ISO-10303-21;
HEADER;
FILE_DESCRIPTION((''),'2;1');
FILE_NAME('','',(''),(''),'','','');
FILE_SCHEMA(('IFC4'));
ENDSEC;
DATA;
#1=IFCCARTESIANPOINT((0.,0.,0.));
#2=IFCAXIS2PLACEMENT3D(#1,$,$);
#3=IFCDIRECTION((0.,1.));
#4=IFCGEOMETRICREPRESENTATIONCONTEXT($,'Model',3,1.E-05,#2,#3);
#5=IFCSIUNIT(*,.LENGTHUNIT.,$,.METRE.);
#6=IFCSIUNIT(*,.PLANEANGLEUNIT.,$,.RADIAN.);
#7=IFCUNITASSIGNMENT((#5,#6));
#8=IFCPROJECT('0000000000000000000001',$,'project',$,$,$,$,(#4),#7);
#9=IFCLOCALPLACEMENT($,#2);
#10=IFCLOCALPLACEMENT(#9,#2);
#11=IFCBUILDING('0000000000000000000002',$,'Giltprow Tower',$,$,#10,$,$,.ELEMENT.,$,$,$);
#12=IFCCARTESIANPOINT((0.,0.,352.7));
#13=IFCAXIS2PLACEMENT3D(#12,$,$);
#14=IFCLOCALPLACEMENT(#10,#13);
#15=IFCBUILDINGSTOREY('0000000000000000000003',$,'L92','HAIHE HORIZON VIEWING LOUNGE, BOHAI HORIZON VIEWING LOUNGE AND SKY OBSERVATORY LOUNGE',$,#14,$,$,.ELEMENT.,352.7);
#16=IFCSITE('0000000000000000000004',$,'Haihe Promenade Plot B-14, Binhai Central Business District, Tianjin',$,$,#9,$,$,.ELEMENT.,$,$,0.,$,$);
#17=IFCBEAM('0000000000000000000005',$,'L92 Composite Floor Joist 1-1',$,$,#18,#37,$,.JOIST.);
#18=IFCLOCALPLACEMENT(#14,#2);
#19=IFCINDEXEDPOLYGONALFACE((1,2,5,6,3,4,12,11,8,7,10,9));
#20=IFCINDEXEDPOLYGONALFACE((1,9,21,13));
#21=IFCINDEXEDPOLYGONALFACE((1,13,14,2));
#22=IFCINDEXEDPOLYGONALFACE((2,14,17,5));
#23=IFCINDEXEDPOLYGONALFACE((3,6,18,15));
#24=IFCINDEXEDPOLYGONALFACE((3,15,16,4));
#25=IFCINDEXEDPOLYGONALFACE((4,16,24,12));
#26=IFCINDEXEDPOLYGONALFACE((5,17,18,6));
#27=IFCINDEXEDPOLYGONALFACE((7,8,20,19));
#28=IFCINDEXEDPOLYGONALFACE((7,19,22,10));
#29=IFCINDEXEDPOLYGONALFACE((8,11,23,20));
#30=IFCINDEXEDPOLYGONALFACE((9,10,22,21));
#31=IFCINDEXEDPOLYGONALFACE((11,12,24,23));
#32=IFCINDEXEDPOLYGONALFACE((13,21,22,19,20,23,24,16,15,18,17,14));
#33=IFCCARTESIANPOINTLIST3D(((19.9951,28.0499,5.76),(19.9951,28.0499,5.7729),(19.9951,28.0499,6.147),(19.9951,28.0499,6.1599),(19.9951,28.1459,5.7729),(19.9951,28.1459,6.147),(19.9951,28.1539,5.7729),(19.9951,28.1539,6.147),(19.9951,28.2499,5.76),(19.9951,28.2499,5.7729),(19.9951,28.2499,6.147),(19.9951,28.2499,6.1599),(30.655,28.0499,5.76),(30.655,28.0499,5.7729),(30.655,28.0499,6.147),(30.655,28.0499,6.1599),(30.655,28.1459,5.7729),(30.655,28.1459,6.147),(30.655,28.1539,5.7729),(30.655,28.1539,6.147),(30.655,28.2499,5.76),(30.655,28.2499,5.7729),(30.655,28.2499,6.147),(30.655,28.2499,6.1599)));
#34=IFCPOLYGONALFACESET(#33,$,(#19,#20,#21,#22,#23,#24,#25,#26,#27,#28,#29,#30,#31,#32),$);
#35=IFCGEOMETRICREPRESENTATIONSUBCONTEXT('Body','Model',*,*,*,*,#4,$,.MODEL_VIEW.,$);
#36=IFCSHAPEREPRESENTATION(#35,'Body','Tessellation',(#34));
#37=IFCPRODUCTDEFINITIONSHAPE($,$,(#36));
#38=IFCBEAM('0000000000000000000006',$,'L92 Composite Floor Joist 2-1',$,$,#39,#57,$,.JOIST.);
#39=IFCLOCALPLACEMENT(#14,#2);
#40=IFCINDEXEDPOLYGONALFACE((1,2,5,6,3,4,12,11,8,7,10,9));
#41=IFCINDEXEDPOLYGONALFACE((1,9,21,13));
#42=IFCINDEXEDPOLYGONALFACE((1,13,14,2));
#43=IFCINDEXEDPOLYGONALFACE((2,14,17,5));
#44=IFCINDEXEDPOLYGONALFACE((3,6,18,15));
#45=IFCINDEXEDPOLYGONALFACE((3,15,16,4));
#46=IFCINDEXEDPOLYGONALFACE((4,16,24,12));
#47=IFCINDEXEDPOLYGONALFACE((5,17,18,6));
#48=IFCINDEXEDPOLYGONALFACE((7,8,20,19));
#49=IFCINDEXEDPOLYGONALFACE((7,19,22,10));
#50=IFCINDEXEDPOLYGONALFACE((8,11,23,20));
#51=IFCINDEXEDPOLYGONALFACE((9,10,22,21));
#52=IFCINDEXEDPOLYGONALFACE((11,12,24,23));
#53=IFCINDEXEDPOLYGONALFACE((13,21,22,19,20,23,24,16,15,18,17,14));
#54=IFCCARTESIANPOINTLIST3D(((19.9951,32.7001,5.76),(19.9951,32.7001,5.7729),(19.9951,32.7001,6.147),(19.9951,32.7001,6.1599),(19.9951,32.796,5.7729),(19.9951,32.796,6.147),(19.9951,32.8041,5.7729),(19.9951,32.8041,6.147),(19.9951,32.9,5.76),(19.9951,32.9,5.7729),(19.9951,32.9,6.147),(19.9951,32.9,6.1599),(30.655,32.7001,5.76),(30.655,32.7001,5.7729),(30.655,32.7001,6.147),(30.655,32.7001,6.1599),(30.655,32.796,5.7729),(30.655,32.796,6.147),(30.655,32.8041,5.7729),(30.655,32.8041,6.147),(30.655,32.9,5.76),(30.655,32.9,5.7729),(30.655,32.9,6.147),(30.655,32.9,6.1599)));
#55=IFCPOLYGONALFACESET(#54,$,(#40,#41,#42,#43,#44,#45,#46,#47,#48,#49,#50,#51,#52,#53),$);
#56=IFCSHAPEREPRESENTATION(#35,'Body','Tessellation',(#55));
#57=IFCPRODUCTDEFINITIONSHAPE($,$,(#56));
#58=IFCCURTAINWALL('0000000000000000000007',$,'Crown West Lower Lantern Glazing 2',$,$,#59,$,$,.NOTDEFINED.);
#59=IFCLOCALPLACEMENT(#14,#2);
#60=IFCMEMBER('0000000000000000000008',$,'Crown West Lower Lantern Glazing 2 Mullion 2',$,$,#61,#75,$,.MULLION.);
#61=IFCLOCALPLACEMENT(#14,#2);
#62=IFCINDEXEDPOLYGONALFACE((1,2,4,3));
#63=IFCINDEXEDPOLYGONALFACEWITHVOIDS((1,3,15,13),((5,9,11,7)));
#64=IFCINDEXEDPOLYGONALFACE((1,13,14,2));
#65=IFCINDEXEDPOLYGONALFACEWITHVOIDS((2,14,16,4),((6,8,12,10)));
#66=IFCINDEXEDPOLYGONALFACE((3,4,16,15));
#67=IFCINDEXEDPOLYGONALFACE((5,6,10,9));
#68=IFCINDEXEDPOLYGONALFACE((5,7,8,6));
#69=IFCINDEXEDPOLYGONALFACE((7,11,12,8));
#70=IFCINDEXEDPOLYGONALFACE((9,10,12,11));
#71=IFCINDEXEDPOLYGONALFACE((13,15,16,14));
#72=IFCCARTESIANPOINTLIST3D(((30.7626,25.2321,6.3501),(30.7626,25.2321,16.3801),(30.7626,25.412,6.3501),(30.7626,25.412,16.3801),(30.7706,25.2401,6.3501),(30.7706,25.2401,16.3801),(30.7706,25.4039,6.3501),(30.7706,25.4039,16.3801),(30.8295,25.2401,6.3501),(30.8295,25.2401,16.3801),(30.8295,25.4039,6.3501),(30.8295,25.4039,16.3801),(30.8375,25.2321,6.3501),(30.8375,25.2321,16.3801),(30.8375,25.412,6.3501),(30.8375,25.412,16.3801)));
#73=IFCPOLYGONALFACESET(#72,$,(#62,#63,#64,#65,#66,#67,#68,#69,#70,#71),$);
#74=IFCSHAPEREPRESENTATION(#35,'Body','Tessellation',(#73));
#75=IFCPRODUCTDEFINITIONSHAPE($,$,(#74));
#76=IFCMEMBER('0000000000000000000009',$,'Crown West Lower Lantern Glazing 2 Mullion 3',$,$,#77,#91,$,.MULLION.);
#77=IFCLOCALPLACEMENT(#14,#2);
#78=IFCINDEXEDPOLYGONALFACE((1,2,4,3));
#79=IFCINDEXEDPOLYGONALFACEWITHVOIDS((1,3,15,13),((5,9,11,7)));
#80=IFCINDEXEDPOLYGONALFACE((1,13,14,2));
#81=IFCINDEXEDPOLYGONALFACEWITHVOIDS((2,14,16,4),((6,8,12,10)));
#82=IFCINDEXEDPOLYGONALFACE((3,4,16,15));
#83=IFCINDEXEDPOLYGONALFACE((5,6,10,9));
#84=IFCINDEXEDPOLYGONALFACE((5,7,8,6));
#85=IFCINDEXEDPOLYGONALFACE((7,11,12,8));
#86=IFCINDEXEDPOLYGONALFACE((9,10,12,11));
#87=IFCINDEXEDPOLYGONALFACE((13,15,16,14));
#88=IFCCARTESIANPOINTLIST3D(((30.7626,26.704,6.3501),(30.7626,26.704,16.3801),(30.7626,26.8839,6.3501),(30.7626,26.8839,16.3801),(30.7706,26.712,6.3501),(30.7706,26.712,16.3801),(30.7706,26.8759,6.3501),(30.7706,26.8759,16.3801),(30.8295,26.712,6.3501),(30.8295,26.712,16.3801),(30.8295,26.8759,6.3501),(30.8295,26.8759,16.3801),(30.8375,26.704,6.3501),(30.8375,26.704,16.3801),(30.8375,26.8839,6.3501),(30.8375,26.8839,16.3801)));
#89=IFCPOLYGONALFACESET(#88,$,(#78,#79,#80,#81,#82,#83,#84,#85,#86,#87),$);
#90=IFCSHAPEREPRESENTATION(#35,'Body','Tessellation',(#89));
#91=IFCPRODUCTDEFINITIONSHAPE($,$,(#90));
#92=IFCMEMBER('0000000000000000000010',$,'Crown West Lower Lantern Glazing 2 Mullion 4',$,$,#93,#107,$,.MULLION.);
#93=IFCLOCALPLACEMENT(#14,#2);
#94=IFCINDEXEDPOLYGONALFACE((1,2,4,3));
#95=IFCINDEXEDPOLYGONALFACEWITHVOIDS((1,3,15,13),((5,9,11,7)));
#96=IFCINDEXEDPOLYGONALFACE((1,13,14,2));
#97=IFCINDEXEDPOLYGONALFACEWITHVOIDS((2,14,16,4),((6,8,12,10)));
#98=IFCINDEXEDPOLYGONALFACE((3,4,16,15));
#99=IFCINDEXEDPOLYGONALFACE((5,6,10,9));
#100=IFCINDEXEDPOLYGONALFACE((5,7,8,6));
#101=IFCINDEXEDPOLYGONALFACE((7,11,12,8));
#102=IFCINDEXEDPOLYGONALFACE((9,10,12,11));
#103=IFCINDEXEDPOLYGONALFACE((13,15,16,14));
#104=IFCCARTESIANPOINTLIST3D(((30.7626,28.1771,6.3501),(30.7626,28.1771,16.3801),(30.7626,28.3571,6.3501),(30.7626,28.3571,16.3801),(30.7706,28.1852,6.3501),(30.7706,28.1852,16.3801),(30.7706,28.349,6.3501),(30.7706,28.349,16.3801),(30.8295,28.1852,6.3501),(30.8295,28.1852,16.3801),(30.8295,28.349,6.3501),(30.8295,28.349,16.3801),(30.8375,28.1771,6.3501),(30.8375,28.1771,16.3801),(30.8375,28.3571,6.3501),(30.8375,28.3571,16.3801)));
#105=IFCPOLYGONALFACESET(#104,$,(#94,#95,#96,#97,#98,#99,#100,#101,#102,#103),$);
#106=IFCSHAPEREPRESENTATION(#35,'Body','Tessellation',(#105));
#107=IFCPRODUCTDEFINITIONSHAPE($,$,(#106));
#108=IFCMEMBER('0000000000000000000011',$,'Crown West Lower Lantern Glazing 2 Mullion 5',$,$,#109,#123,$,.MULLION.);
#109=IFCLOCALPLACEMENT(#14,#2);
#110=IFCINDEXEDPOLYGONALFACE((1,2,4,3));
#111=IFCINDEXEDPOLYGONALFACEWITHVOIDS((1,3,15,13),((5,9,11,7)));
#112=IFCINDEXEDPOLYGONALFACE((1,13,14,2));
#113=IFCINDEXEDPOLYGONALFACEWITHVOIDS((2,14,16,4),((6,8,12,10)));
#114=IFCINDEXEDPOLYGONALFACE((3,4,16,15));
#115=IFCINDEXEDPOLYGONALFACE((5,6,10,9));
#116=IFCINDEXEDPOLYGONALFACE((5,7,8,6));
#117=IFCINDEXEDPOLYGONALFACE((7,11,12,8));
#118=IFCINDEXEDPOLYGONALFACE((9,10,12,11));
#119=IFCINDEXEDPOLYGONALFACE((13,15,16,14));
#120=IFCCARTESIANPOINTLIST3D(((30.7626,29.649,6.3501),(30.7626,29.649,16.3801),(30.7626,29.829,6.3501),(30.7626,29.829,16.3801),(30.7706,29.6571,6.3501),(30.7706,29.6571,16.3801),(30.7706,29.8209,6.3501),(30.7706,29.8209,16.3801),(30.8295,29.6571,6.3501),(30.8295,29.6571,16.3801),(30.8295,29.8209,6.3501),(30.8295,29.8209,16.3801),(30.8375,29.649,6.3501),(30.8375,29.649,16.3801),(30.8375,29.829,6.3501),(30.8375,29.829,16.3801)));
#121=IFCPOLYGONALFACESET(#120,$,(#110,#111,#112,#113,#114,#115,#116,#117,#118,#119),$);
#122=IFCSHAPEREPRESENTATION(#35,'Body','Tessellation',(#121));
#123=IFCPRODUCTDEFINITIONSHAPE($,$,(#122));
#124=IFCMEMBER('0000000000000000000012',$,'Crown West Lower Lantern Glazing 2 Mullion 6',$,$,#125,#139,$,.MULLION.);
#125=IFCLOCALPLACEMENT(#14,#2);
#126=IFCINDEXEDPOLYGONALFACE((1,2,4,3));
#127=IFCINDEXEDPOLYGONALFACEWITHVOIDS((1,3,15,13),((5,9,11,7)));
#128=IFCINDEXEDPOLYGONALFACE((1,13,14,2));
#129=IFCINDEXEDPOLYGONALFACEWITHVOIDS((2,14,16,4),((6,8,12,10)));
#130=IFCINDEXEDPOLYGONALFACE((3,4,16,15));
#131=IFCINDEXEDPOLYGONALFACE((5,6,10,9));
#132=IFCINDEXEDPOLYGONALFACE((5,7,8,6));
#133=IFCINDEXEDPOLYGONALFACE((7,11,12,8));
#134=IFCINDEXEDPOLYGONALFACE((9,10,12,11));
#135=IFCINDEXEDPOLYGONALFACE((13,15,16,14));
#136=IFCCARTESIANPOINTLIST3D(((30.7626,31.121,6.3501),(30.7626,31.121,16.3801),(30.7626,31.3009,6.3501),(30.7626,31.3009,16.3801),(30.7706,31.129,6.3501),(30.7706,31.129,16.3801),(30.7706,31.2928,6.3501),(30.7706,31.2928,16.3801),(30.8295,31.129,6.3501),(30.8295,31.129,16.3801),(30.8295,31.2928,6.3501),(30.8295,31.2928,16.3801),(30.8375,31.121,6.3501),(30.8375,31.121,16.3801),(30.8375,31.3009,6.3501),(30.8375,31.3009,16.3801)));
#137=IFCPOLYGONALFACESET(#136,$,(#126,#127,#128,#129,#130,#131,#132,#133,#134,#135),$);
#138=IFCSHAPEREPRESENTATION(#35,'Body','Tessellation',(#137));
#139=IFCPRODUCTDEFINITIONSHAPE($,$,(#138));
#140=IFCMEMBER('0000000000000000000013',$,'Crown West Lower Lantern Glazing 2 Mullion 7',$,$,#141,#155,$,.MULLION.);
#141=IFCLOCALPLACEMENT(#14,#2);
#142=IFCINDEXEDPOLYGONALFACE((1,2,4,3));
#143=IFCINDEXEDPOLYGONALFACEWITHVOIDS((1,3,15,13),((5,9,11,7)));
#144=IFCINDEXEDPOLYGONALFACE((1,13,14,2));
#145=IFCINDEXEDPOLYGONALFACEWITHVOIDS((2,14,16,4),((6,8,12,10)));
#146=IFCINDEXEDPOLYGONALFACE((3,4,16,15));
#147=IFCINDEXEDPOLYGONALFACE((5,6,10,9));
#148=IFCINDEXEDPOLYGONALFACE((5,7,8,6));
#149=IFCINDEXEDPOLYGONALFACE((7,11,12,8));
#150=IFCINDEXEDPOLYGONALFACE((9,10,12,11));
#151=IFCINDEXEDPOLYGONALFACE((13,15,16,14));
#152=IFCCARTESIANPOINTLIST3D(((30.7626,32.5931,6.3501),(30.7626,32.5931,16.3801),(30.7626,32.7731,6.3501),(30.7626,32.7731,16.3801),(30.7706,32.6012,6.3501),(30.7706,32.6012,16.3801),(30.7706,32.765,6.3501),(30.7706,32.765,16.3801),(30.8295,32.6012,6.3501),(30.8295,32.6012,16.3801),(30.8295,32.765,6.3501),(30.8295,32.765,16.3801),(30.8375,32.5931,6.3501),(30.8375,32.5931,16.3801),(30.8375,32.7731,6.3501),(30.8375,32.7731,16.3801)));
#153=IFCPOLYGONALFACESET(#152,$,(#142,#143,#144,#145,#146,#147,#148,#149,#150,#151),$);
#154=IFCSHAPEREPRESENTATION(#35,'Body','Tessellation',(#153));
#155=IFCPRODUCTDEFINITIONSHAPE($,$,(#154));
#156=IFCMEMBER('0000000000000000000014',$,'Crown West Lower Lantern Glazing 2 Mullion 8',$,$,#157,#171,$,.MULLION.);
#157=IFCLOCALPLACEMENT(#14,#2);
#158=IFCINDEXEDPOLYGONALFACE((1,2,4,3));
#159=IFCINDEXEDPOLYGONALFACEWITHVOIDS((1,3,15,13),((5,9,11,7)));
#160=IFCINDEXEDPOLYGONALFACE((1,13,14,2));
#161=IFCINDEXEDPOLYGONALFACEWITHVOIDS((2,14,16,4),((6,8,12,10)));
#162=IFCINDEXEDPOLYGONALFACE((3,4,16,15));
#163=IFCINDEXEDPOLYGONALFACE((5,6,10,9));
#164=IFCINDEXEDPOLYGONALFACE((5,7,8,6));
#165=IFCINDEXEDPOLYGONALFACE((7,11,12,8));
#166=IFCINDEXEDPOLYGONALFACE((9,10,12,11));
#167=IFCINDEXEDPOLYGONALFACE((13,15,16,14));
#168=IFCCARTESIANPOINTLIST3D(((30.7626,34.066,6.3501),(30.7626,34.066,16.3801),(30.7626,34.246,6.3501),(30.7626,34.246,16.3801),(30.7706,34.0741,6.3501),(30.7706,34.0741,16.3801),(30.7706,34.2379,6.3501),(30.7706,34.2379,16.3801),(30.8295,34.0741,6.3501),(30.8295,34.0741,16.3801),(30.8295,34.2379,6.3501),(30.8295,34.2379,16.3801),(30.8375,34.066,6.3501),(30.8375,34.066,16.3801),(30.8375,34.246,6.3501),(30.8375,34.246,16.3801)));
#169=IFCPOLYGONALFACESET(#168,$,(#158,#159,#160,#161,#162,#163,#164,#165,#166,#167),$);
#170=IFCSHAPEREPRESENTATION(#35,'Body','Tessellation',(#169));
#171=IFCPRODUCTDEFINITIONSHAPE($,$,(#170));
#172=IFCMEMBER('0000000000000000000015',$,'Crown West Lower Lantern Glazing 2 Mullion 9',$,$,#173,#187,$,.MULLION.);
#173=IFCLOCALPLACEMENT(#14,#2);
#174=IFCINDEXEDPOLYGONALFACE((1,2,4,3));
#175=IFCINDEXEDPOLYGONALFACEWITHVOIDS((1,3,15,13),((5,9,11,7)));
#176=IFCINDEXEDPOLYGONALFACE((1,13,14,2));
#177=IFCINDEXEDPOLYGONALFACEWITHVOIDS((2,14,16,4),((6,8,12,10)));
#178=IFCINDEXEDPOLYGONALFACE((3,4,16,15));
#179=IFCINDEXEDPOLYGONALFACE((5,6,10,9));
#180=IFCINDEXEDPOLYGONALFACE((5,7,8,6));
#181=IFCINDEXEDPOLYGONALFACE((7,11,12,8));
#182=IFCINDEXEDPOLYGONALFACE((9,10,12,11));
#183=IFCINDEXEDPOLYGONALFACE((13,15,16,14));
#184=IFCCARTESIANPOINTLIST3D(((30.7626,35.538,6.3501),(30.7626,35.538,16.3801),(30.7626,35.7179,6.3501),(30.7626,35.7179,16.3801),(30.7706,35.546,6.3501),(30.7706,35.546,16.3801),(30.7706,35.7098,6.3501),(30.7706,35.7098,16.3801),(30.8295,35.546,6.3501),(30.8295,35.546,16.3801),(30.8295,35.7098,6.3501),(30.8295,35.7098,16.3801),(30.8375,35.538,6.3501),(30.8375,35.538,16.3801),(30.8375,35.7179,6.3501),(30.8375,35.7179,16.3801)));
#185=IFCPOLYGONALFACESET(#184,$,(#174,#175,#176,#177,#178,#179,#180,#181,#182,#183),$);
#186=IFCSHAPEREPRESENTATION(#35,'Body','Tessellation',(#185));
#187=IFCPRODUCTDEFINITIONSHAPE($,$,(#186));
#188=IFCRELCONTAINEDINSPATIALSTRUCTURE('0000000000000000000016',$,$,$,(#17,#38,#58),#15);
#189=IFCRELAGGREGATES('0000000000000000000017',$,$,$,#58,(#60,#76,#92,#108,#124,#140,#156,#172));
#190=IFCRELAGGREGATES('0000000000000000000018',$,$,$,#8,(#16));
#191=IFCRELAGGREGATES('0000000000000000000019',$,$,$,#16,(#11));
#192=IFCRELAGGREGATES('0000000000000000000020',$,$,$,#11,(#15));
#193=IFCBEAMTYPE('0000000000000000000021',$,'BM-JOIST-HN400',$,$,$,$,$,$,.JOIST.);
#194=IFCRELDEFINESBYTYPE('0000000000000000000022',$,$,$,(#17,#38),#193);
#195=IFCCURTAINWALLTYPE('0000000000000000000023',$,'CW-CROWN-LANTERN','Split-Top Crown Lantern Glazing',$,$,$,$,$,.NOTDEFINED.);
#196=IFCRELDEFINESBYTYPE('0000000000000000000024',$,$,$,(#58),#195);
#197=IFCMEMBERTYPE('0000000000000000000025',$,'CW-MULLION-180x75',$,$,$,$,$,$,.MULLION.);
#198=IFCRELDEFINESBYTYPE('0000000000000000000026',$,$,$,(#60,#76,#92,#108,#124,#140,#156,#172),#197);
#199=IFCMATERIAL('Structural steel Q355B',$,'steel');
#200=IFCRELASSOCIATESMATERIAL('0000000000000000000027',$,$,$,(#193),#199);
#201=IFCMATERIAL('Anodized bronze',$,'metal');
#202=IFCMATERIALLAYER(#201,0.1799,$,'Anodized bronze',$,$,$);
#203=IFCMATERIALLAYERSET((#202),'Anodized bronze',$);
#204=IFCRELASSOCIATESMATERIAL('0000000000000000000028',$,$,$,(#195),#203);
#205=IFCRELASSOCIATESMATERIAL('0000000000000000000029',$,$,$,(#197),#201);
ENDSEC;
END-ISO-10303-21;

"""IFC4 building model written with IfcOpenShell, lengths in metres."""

from ifc_helpers import new_model, si_unit, direction, frame, origin, origin_2d, place, context, subcontext, project, spatial, hollow_rectangle, i_section, extrude, source, transform, mapped, material, layer, layer_set, material_profile, profile_set, type_object, element, aggregate, save


model = new_model("IFC4")

# Units and contexts
model_context = context("Model", 3, precision=1e-05, world=origin(), true_north=direction((0.0, 1.0)))
body_context = subcontext(model_context, "Body", "Model", "MODEL_VIEW")
ifc_project = project(units=[si_unit("LENGTHUNIT", "METRE"), si_unit("PLANEANGLEUNIT", "RADIAN")], contexts=[model_context])

# Site, building, storey
site_placement = place(None, origin())
site = spatial("IfcSite", under=ifc_project, at=site_placement, Name="Haihe Promenade Plot B-14, Binhai Central Business District, Tianjin", CompositionType="ELEMENT", RefElevation=0.0)
building_placement = place(site_placement, origin())
building = spatial("IfcBuilding", under=site, at=building_placement, Name="Giltprow Tower", CompositionType="ELEMENT")
storey_placement = place(building_placement, frame((0.0, 0.0, 352.7)))
storey = spatial("IfcBuildingStorey", under=building, at=storey_placement, Name="L92", Description="HAIHE HORIZON VIEWING LOUNGE, BOHAI HORIZON VIEWING LOUNGE AND SKY OBSERVATORY LOUNGE", CompositionType="ELEMENT", Elevation=352.7)

# Beams
ifc_material_1 = material(Name="Structural steel Q355B", Category="steel")
ifc_material_profile_1 = material_profile(ifc_material_1, i_section(OverallWidth=0.2, OverallDepth=0.3999, WebThickness=0.0081, FlangeThickness=0.0129, at=origin_2d()), Name="HN 400x200x8x13")
ifc_profile_set_1 = profile_set([ifc_material_profile_1], Name="Structural steel Q355B")
beam_type = type_object("IfcBeamType", Name="BM-JOIST-HN400", PredefinedType="JOIST", material=ifc_profile_set_1)
shared_shape_1 = source(origin(), body_context, "Body", "SweptSolid", [
    extrude(i_section(OverallWidth=0.2, OverallDepth=0.3999, WebThickness=0.0081, FlangeThickness=0.0129, at=origin_2d()), origin(), (0.0, 0.0, 1.0), 10.6599),
])
for number, where, z_axis, x_axis, name in (
    (1, (19.9951, 28.1499, 5.96), (1.0, 0.0, 0.0), (0.0, 1.0, 0.0), "L92 Composite Floor Joist 1-1"),
    (2, (19.9951, 32.8, 5.96), (1.0, 0.0, 0.0), (0.0, 1.0, 0.0), "L92 Composite Floor Joist 2-1"),
):
    element("IfcBeam", number, at=place(storey_placement, frame(where, z_axis=z_axis, x_axis=x_axis)), inside=storey, type_object=beam_type, Name=name, PredefinedType="JOIST", context=body_context, shape_type="MappedRepresentation", body=[
        mapped(shared_shape_1, transform((0.0, 0.0, 0.0), x_axis=(1.0, 0.0, 0.0), y_axis=(0.0, 1.0, 0.0), z_axis=(0.0, 0.0, 1.0), scale=1.0)),
    ])

# Curtain wall, members
ifc_material_2 = material(Name="Anodized bronze", Category="metal")
ifc_layer_1 = layer(ifc_material_2, 0.1799, Name="Anodized bronze")
ifc_layer_set_1 = layer_set([ifc_layer_1], Name="Anodized bronze")
curtain_wall_type = type_object("IfcCurtainWallType", Name="CW-CROWN-LANTERN", Description="Split-Top Crown Lantern Glazing", PredefinedType="NOTDEFINED", material=ifc_layer_set_1)
curtain_wall_1_placement = place(storey_placement, origin())
curtain_wall_1 = element("IfcCurtainWall", 3, at=curtain_wall_1_placement, inside=storey, type_object=curtain_wall_type, Name="Crown West Lower Lantern Glazing 2", PredefinedType="NOTDEFINED")
ifc_material_profile_2 = material_profile(ifc_material_2, hollow_rectangle(XDim=0.075, YDim=0.1799, WallThickness=0.0081, at=origin_2d()), Name="RHS 180x75x8")
ifc_profile_set_2 = profile_set([ifc_material_profile_2], Name="Anodized bronze")
member_type = type_object("IfcMemberType", Name="CW-MULLION-180x75", PredefinedType="MULLION", material=ifc_profile_set_2)
shared_shape_2 = source(origin(), body_context, "Body", "SweptSolid", [
    extrude(hollow_rectangle(XDim=0.075, YDim=0.1799, WallThickness=0.0081, at=origin_2d()), origin(), (0.0, 0.0, 1.0), 10.03),
])
member_1_placement = place(storey_placement, frame((30.8, 25.322, 6.3501), z_axis=(0.0, 0.0, 1.0), x_axis=(1.0, 0.0, 0.0)))
member_1 = element("IfcMember", 4, at=member_1_placement, type_object=member_type, Name="Crown West Lower Lantern Glazing 2 Mullion 2", PredefinedType="MULLION", context=body_context, shape_type="MappedRepresentation", body=[
    mapped(shared_shape_2, transform((0.0, 0.0, 0.0), x_axis=(1.0, 0.0, 0.0), y_axis=(0.0, 1.0, 0.0), z_axis=(0.0, 0.0, 1.0), scale=1.0)),
])
member_2_placement = place(storey_placement, frame((30.8, 26.7939, 6.3501), z_axis=(0.0, 0.0, 1.0), x_axis=(1.0, 0.0, 0.0)))
member_2 = element("IfcMember", 5, at=member_2_placement, type_object=member_type, Name="Crown West Lower Lantern Glazing 2 Mullion 3", PredefinedType="MULLION", context=body_context, shape_type="MappedRepresentation", body=[
    mapped(shared_shape_2, transform((0.0, 0.0, 0.0), x_axis=(1.0, 0.0, 0.0), y_axis=(0.0, 1.0, 0.0), z_axis=(0.0, 0.0, 1.0), scale=1.0)),
])
member_3_placement = place(storey_placement, frame((30.8, 28.2671, 6.3501), z_axis=(0.0, 0.0, 1.0), x_axis=(1.0, 0.0, 0.0)))
member_3 = element("IfcMember", 6, at=member_3_placement, type_object=member_type, Name="Crown West Lower Lantern Glazing 2 Mullion 4", PredefinedType="MULLION", context=body_context, shape_type="MappedRepresentation", body=[
    mapped(shared_shape_2, transform((0.0, 0.0, 0.0), x_axis=(1.0, 0.0, 0.0), y_axis=(0.0, 1.0, 0.0), z_axis=(0.0, 0.0, 1.0), scale=1.0)),
])
member_4_placement = place(storey_placement, frame((30.8, 29.739, 6.3501), z_axis=(0.0, 0.0, 1.0), x_axis=(1.0, 0.0, 0.0)))
member_4 = element("IfcMember", 7, at=member_4_placement, type_object=member_type, Name="Crown West Lower Lantern Glazing 2 Mullion 5", PredefinedType="MULLION", context=body_context, shape_type="MappedRepresentation", body=[
    mapped(shared_shape_2, transform((0.0, 0.0, 0.0), x_axis=(1.0, 0.0, 0.0), y_axis=(0.0, 1.0, 0.0), z_axis=(0.0, 0.0, 1.0), scale=1.0)),
])
member_5_placement = place(storey_placement, frame((30.8, 31.2109, 6.3501), z_axis=(0.0, 0.0, 1.0), x_axis=(1.0, 0.0, 0.0)))
member_5 = element("IfcMember", 8, at=member_5_placement, type_object=member_type, Name="Crown West Lower Lantern Glazing 2 Mullion 6", PredefinedType="MULLION", context=body_context, shape_type="MappedRepresentation", body=[
    mapped(shared_shape_2, transform((0.0, 0.0, 0.0), x_axis=(1.0, 0.0, 0.0), y_axis=(0.0, 1.0, 0.0), z_axis=(0.0, 0.0, 1.0), scale=1.0)),
])
member_6_placement = place(storey_placement, frame((30.8, 32.6831, 6.3501), z_axis=(0.0, 0.0, 1.0), x_axis=(1.0, 0.0, 0.0)))
member_6 = element("IfcMember", 9, at=member_6_placement, type_object=member_type, Name="Crown West Lower Lantern Glazing 2 Mullion 7", PredefinedType="MULLION", context=body_context, shape_type="MappedRepresentation", body=[
    mapped(shared_shape_2, transform((0.0, 0.0, 0.0), x_axis=(1.0, 0.0, 0.0), y_axis=(0.0, 1.0, 0.0), z_axis=(0.0, 0.0, 1.0), scale=1.0)),
])
member_7_placement = place(storey_placement, frame((30.8, 34.156, 6.3501), z_axis=(0.0, 0.0, 1.0), x_axis=(1.0, 0.0, 0.0)))
member_7 = element("IfcMember", 10, at=member_7_placement, type_object=member_type, Name="Crown West Lower Lantern Glazing 2 Mullion 8", PredefinedType="MULLION", context=body_context, shape_type="MappedRepresentation", body=[
    mapped(shared_shape_2, transform((0.0, 0.0, 0.0), x_axis=(1.0, 0.0, 0.0), y_axis=(0.0, 1.0, 0.0), z_axis=(0.0, 0.0, 1.0), scale=1.0)),
])
member_8_placement = place(storey_placement, frame((30.8, 35.6279, 6.3501), z_axis=(0.0, 0.0, 1.0), x_axis=(1.0, 0.0, 0.0)))
member_8 = element("IfcMember", 11, at=member_8_placement, type_object=member_type, Name="Crown West Lower Lantern Glazing 2 Mullion 9", PredefinedType="MULLION", context=body_context, shape_type="MappedRepresentation", body=[
    mapped(shared_shape_2, transform((0.0, 0.0, 0.0), x_axis=(1.0, 0.0, 0.0), y_axis=(0.0, 1.0, 0.0), z_axis=(0.0, 0.0, 1.0), scale=1.0)),
])

aggregate(curtain_wall_1, [member_1, member_2, member_3, member_4, member_5, member_6, member_7, member_8])

save(model, "model.ifc")
